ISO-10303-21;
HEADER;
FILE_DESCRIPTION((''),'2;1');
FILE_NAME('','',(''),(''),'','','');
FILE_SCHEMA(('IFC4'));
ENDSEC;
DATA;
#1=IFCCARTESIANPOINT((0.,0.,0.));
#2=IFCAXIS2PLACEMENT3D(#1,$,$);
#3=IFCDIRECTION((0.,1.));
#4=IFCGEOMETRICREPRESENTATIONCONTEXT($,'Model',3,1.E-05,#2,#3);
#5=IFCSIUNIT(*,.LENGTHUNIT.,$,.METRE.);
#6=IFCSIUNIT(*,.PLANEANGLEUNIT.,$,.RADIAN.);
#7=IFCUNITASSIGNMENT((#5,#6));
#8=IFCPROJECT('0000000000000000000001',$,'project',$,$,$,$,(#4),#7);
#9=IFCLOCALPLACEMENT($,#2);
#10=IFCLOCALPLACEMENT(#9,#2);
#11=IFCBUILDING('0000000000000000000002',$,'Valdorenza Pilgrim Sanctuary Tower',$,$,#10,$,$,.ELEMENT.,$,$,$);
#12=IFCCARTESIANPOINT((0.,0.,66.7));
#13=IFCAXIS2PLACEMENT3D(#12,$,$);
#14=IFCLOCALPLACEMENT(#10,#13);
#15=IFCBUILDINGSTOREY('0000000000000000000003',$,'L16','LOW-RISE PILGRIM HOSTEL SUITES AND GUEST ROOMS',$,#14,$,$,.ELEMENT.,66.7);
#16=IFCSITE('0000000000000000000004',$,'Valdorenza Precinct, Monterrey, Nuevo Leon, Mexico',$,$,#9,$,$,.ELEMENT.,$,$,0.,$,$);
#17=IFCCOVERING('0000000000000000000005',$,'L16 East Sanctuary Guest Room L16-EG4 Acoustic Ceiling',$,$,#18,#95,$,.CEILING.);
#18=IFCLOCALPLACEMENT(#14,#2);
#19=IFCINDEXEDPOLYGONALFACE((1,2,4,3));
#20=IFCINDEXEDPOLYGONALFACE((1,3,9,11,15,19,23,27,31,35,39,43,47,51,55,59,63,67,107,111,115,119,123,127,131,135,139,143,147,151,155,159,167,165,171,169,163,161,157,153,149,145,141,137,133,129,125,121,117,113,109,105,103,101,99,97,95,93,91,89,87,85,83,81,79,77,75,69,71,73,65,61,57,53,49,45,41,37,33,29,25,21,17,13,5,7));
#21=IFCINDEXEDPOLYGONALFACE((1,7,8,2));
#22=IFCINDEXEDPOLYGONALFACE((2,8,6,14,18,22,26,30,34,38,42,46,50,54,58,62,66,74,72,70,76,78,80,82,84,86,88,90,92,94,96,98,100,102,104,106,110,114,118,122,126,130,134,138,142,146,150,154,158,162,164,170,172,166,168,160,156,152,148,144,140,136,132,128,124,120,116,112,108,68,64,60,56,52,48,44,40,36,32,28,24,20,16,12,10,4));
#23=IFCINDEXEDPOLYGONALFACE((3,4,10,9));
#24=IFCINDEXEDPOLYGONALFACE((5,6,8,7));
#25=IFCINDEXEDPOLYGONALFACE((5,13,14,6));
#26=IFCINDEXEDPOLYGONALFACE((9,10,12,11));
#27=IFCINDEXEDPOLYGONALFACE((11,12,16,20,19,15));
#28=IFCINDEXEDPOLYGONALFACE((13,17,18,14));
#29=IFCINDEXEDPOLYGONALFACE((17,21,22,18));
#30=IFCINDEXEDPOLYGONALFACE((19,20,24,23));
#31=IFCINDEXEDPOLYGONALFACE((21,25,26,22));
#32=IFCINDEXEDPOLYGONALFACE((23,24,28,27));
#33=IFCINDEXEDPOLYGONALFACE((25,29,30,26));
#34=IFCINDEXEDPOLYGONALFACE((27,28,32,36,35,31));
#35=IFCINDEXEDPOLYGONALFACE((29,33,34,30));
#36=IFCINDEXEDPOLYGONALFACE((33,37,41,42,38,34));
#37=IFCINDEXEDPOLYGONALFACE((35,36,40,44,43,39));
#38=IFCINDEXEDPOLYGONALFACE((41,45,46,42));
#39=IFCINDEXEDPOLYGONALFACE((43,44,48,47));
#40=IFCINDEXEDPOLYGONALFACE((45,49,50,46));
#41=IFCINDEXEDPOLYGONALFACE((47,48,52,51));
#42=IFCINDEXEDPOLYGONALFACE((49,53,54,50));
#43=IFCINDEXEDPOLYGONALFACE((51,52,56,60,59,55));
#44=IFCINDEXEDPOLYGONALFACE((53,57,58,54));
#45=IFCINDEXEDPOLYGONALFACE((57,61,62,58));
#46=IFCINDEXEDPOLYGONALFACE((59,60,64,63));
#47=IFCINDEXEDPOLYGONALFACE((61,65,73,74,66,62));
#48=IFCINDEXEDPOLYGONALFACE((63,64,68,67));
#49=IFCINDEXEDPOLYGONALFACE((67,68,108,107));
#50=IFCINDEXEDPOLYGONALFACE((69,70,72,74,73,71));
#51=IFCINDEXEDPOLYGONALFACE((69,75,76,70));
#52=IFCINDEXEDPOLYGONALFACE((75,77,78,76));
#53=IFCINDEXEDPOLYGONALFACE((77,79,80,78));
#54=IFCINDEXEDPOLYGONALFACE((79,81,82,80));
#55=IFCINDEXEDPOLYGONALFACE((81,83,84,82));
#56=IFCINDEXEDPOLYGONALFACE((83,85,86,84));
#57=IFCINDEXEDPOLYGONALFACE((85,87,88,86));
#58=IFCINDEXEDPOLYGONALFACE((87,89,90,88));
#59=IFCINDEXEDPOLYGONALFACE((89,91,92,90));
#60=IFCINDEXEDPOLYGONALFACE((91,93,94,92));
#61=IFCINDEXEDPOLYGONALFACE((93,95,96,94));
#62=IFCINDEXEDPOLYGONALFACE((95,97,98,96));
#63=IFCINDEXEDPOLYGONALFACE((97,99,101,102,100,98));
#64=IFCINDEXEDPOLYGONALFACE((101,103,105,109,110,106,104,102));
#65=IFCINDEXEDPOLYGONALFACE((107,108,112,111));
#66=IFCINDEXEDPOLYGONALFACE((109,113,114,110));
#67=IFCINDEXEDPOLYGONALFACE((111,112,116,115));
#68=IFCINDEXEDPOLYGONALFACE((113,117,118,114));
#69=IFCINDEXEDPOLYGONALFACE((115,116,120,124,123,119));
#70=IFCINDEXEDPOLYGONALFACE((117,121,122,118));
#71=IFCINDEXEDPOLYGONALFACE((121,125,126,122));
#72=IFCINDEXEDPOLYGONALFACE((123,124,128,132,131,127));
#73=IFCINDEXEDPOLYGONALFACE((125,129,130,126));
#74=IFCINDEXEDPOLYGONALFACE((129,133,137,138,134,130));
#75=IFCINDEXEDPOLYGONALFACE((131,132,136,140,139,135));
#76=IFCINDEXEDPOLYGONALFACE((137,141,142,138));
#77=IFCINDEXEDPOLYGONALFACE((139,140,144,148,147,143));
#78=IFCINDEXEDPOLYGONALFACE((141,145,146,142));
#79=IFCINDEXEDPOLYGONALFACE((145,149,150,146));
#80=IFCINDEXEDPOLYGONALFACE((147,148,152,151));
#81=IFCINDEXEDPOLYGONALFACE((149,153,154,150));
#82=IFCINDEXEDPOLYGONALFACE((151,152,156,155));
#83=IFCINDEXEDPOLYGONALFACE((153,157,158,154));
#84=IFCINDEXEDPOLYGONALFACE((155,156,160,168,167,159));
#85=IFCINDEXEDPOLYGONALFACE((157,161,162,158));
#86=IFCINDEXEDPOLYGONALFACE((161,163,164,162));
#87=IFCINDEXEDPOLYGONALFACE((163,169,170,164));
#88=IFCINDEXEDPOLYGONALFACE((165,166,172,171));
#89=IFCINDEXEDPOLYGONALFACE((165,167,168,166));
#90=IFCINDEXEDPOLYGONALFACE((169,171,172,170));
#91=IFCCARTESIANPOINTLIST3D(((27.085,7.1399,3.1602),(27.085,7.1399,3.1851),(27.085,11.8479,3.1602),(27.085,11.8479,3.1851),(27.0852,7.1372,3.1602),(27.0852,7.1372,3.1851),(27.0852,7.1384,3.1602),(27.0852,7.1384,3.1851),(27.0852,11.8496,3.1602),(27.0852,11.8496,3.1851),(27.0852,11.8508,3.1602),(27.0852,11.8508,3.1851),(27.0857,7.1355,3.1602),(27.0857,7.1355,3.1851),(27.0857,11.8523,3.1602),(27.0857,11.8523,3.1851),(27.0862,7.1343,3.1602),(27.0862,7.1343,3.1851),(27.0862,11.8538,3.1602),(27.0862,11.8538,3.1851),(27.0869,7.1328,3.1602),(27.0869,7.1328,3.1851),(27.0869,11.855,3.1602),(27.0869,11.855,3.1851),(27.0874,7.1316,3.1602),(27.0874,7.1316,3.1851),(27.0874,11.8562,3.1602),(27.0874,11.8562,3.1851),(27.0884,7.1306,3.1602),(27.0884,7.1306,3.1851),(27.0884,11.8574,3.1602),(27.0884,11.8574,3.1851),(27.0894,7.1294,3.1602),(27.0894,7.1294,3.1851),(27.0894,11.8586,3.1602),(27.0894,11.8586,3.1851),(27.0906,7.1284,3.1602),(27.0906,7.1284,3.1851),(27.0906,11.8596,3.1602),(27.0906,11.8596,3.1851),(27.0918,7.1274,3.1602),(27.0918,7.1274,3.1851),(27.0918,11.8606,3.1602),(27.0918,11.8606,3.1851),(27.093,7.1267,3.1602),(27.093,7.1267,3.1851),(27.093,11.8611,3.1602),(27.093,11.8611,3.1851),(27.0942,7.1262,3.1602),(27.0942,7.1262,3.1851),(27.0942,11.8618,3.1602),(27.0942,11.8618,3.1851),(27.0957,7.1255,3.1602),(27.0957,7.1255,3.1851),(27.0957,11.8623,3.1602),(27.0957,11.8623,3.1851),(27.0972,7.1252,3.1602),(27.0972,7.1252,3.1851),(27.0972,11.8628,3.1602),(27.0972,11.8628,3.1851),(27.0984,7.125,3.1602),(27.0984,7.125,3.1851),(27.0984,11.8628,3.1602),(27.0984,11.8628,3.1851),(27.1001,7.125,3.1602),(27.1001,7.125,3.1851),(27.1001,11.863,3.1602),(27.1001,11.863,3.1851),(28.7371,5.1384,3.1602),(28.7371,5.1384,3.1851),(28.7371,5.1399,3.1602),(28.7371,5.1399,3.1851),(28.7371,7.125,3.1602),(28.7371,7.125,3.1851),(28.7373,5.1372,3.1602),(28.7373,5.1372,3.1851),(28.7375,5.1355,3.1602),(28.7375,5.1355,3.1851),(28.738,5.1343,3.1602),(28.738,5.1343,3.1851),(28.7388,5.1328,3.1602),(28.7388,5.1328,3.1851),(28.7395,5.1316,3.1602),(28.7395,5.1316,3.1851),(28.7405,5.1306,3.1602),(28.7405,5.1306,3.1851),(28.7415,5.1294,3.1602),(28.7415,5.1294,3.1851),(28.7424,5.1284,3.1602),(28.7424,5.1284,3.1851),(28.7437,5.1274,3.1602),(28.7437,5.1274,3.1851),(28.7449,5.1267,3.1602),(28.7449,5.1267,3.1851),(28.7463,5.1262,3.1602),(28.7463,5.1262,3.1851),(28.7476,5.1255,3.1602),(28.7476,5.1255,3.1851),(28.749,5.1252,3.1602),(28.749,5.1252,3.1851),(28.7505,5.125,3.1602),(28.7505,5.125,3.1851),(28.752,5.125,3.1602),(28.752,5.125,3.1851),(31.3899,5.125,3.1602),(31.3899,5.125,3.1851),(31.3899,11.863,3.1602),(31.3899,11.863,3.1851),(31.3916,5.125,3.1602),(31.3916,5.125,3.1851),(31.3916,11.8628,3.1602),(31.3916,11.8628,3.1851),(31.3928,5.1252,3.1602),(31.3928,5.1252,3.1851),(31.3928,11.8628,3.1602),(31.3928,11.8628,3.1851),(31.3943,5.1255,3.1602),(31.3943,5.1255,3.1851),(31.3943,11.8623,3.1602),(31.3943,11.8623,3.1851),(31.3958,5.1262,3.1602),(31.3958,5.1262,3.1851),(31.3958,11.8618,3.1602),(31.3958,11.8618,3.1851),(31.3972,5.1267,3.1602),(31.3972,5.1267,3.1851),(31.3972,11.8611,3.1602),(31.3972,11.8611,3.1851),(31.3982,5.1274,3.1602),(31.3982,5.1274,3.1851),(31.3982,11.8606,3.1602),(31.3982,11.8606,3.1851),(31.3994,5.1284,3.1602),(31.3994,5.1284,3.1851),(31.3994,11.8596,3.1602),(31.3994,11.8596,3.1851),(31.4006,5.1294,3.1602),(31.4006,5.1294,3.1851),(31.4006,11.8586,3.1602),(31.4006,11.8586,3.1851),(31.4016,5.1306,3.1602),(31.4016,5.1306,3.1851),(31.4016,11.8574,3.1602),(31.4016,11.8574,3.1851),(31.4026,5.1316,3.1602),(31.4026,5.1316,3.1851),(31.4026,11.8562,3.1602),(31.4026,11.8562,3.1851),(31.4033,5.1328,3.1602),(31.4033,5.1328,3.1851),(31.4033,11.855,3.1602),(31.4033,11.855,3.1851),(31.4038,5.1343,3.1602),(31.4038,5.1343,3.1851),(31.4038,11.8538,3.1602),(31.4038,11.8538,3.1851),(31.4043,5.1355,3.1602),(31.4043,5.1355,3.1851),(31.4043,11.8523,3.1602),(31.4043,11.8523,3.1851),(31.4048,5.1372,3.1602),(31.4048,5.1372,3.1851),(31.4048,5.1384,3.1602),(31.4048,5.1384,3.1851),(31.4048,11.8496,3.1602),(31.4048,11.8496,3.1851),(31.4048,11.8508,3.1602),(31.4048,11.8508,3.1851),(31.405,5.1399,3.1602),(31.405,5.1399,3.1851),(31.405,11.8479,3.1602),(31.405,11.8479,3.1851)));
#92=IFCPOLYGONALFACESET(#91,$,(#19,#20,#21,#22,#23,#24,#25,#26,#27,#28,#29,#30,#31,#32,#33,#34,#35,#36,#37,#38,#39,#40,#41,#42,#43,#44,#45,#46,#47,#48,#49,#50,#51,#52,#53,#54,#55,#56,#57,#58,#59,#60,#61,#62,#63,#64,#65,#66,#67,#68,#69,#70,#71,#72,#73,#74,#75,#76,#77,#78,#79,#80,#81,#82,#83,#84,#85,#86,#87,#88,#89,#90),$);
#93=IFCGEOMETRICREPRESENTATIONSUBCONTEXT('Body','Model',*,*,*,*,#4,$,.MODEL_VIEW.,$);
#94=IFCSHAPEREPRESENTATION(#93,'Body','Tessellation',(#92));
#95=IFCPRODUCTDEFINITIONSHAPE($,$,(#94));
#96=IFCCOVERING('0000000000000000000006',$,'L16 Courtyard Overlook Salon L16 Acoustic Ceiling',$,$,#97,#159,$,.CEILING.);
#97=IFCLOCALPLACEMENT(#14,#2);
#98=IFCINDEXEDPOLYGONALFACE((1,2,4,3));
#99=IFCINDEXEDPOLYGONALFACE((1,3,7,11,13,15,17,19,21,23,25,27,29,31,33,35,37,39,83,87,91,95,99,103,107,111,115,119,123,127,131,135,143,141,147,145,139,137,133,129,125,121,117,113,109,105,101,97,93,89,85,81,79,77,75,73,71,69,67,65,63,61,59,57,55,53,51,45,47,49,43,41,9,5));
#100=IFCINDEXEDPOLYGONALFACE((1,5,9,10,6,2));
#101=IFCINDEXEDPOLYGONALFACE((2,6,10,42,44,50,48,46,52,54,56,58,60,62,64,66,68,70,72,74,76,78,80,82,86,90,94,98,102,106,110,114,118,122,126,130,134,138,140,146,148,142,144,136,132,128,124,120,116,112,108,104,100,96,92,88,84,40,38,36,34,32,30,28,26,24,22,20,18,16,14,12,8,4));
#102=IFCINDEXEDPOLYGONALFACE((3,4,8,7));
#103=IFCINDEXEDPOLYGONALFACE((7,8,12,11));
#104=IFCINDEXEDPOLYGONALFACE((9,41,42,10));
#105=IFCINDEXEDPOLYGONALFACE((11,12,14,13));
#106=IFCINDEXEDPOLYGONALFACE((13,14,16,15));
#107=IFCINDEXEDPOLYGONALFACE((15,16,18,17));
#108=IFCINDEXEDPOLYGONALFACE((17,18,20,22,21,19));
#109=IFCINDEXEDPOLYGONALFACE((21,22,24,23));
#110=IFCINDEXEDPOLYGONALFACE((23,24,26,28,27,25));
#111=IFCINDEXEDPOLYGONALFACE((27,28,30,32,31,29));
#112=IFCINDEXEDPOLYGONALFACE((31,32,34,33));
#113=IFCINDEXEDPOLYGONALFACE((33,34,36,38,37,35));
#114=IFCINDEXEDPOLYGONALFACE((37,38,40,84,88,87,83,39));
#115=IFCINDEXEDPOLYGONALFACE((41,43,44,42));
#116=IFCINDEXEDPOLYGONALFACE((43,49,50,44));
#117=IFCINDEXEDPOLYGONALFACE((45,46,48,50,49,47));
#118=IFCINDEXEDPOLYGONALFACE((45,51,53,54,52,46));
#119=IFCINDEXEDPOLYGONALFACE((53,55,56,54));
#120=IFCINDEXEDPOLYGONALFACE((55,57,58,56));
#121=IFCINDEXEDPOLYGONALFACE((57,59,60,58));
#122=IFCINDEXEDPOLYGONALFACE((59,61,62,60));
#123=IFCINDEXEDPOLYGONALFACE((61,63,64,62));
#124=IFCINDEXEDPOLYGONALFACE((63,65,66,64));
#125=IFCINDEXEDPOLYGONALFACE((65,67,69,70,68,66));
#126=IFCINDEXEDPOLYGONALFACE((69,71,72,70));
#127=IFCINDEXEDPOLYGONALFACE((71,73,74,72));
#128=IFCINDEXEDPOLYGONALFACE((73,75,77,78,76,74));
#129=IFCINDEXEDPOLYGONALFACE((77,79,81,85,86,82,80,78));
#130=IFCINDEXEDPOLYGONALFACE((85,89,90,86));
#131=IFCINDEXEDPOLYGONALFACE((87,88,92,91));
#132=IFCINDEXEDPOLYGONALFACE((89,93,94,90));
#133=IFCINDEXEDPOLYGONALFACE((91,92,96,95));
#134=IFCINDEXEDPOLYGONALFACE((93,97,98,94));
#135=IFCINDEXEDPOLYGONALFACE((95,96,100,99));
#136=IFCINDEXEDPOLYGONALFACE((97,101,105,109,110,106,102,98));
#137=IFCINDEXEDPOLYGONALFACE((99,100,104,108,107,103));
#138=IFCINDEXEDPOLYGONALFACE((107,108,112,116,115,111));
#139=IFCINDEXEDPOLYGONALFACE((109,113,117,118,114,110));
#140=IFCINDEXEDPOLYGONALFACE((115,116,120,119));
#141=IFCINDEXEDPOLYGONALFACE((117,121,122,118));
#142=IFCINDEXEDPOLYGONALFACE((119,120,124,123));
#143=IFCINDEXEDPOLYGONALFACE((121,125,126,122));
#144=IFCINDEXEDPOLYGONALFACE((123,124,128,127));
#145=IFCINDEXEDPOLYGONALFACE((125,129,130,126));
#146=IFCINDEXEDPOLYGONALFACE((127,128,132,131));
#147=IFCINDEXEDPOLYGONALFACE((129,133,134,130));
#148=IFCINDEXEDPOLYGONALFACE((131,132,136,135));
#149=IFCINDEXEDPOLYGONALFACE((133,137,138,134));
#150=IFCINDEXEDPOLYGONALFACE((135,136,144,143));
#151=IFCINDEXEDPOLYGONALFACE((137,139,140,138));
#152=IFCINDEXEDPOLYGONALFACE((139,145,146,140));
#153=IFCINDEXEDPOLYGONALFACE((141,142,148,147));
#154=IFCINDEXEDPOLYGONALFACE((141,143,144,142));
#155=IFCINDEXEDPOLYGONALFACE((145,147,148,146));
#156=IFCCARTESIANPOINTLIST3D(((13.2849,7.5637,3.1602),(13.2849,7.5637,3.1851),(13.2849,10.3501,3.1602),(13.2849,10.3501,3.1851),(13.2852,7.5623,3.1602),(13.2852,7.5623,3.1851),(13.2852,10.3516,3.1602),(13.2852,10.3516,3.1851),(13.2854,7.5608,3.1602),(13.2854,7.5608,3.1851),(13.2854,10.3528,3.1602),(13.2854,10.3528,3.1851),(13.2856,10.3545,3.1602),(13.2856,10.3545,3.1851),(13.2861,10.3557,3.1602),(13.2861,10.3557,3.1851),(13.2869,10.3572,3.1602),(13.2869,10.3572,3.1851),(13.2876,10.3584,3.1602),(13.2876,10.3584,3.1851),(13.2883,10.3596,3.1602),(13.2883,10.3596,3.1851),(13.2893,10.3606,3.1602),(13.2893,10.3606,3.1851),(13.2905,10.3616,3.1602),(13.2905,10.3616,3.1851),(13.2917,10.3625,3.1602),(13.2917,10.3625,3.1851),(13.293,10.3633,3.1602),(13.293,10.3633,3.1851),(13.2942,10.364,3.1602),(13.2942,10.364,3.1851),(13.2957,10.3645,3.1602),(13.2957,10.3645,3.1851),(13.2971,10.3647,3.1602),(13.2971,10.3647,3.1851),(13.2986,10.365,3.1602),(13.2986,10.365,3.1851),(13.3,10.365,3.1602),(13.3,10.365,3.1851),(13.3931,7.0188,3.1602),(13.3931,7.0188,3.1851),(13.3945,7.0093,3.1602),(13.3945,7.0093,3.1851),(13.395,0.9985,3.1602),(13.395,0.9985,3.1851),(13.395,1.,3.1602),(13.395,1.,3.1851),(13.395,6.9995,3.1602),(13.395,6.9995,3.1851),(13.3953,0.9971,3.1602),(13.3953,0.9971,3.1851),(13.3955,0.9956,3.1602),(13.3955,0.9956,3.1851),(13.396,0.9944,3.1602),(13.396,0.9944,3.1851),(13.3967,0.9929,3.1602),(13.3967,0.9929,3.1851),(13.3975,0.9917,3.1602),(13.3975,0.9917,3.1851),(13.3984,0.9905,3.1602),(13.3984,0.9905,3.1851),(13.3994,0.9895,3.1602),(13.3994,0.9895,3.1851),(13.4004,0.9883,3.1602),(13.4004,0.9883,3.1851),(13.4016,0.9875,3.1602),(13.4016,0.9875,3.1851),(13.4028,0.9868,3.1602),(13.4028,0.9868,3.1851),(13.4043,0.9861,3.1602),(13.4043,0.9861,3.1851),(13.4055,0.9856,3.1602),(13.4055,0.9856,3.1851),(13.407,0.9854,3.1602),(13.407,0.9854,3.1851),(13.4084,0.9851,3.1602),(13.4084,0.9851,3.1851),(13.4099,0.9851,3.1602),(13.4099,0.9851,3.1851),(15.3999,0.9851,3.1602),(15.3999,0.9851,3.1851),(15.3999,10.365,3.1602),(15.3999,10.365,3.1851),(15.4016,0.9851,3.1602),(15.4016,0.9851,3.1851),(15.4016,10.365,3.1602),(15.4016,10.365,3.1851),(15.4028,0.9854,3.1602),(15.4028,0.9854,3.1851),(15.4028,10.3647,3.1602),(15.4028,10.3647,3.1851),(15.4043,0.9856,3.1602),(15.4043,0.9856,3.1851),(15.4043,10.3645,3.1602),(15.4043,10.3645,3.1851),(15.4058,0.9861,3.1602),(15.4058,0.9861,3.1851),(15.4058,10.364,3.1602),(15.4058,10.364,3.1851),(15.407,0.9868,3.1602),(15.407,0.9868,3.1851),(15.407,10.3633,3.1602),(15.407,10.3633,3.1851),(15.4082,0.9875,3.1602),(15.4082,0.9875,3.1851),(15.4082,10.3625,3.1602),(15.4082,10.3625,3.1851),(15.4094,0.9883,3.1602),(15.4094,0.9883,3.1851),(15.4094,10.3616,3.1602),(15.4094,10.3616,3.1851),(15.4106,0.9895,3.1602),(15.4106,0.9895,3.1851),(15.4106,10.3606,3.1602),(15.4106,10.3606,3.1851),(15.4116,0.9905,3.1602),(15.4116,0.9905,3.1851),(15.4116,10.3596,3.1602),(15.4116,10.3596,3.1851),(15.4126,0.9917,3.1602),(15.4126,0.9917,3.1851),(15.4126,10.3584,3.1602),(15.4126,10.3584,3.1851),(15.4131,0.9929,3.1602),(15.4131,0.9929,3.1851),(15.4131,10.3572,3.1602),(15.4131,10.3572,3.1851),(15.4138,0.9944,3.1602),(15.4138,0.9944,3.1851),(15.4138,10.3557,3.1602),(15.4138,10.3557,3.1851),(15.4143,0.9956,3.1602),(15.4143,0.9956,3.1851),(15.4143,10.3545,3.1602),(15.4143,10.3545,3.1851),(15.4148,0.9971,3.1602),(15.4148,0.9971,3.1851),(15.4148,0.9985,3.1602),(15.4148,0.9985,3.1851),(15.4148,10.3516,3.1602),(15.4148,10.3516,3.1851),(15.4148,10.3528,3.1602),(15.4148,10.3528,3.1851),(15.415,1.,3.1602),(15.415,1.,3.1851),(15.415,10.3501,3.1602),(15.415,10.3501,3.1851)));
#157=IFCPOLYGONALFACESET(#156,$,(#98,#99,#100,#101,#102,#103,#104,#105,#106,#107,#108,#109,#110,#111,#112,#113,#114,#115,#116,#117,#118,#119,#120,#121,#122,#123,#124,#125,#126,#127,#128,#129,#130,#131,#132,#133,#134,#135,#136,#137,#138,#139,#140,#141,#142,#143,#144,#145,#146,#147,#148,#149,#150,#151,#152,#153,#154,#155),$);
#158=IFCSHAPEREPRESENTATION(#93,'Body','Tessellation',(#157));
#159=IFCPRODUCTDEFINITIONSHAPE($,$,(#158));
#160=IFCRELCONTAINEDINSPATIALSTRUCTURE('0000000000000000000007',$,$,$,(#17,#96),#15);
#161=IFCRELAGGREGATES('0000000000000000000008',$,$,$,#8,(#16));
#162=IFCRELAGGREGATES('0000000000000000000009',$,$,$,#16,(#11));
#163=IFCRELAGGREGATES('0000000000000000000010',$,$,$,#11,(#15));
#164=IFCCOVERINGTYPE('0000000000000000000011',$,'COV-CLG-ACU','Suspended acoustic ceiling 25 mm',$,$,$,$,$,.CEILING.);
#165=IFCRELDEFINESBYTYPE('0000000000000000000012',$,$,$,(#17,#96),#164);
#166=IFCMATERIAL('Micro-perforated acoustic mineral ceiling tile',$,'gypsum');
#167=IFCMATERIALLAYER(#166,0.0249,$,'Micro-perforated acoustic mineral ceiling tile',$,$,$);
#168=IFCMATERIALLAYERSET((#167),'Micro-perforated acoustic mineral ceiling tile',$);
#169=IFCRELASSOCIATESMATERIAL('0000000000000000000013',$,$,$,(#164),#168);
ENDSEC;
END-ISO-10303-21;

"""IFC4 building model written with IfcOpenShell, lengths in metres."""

from ifc_helpers import new_model, si_unit, direction, frame, origin, place, context, subcontext, project, spatial, polyline, outline, extrude, material, layer, layer_set, type_object, element, save


model = new_model("IFC4")

# Units and contexts
model_context = context("Model", 3, precision=1e-05, world=origin(), true_north=direction((0.0, 1.0)))
body_context = subcontext(model_context, "Body", "Model", "MODEL_VIEW")
ifc_project = project(units=[si_unit("LENGTHUNIT", "METRE"), si_unit("PLANEANGLEUNIT", "RADIAN")], contexts=[model_context])

# Site, building, storey
site_placement = place(None, origin())
site = spatial("IfcSite", under=ifc_project, at=site_placement, Name="Valdorenza Precinct, Monterrey, Nuevo Leon, Mexico", CompositionType="ELEMENT", RefElevation=0.0)
building_placement = place(site_placement, origin())
building = spatial("IfcBuilding", under=site, at=building_placement, Name="Valdorenza Pilgrim Sanctuary Tower", CompositionType="ELEMENT")
storey_placement = place(building_placement, frame((0.0, 0.0, 66.7)))
storey = spatial("IfcBuildingStorey", under=building, at=storey_placement, Name="L16", Description="LOW-RISE PILGRIM HOSTEL SUITES AND GUEST ROOMS", CompositionType="ELEMENT", Elevation=66.7)

# Coverings
ifc_material_1 = material(Name="Micro-perforated acoustic mineral ceiling tile", Category="gypsum")
ifc_layer_1 = layer(ifc_material_1, 0.0249, Name="Micro-perforated acoustic mineral ceiling tile")
ifc_layer_set_1 = layer_set([ifc_layer_1], Name="Micro-perforated acoustic mineral ceiling tile")
covering_type_1 = type_object("IfcCoveringType", Name="COV-CLG-ACU", Description="Suspended acoustic ceiling 25 mm", PredefinedType="CEILING", material=ifc_layer_set_1)
covering_1_placement = place(storey_placement, frame((0.0, 0.0, 3.1602)))
element("IfcCovering", 1, at=covering_1_placement, inside=storey, type_object=covering_type_1, Name="L16 East Sanctuary Guest Room L16-EG4 Acoustic Ceiling", PredefinedType="CEILING", context=body_context, shape_type="SweptSolid", body=[
    extrude(outline(polyline([(28.7371, 7.125), (27.1001, 7.125), (27.0984, 7.125), (27.0972, 7.1252), (27.0957, 7.1255), (27.0942, 7.1262), (27.093, 7.1267), (27.0918, 7.1274), (27.0906, 7.1284), (27.0894, 7.1294), (27.0884, 7.1306), (27.0874, 7.1316), (27.0869, 7.1328), (27.0862, 7.1343), (27.0857, 7.1355), (27.0852, 7.1372), (27.0852, 7.1384), (27.085, 7.1399), (27.085, 11.8479), (27.0852, 11.8496), (27.0852, 11.8508), (27.0857, 11.8523), (27.0862, 11.8538), (27.0869, 11.855), (27.0874, 11.8562), (27.0884, 11.8574), (27.0894, 11.8586), (27.0906, 11.8596), (27.0918, 11.8606), (27.093, 11.8611), (27.0942, 11.8618), (27.0957, 11.8623), (27.0972, 11.8628), (27.0984, 11.8628), (27.1001, 11.863), (31.3899, 11.863), (31.3916, 11.8628), (31.3928, 11.8628), (31.3943, 11.8623), (31.3958, 11.8618), (31.3972, 11.8611), (31.3982, 11.8606), (31.3994, 11.8596), (31.4006, 11.8586), (31.4016, 11.8574), (31.4026, 11.8562), (31.4033, 11.855), (31.4038, 11.8538), (31.4043, 11.8523), (31.4048, 11.8508), (31.4048, 11.8496), (31.405, 11.8479), (31.405, 5.1399), (31.4048, 5.1384), (31.4048, 5.1372), (31.4043, 5.1355), (31.4038, 5.1343), (31.4033, 5.1328), (31.4026, 5.1316), (31.4016, 5.1306), (31.4006, 5.1294), (31.3994, 5.1284), (31.3982, 5.1274), (31.3972, 5.1267), (31.3958, 5.1262), (31.3943, 5.1255), (31.3928, 5.1252), (31.3916, 5.125), (31.3899, 5.125), (28.752, 5.125), (28.7505, 5.125), (28.749, 5.1252), (28.7476, 5.1255), (28.7463, 5.1262), (28.7449, 5.1267), (28.7437, 5.1274), (28.7424, 5.1284), (28.7415, 5.1294), (28.7405, 5.1306), (28.7395, 5.1316), (28.7388, 5.1328), (28.738, 5.1343), (28.7375, 5.1355), (28.7373, 5.1372), (28.7371, 5.1384), (28.7371, 5.1399), (28.7371, 7.125)])), origin(), (0.0, 0.0, 1.0), 0.0249),
])
covering_2_placement = place(storey_placement, frame((0.0, 0.0, 3.1602)))
element("IfcCovering", 2, at=covering_2_placement, inside=storey, type_object=covering_type_1, Name="L16 Courtyard Overlook Salon L16 Acoustic Ceiling", PredefinedType="CEILING", context=body_context, shape_type="SweptSolid", body=[
    extrude(outline(polyline([(15.3999, 10.365), (15.4016, 10.365), (15.4028, 10.3647), (15.4043, 10.3645), (15.4058, 10.364), (15.407, 10.3633), (15.4082, 10.3625), (15.4094, 10.3616), (15.4106, 10.3606), (15.4116, 10.3596), (15.4126, 10.3584), (15.4131, 10.3572), (15.4138, 10.3557), (15.4143, 10.3545), (15.4148, 10.3528), (15.4148, 10.3516), (15.415, 10.3501), (15.415, 1.0), (15.4148, 0.9985), (15.4148, 0.9971), (15.4143, 0.9956), (15.4138, 0.9944), (15.4131, 0.9929), (15.4126, 0.9917), (15.4116, 0.9905), (15.4106, 0.9895), (15.4094, 0.9883), (15.4082, 0.9875), (15.407, 0.9868), (15.4058, 0.9861), (15.4043, 0.9856), (15.4028, 0.9854), (15.4016, 0.9851), (15.3999, 0.9851), (13.4099, 0.9851), (13.4084, 0.9851), (13.407, 0.9854), (13.4055, 0.9856), (13.4043, 0.9861), (13.4028, 0.9868), (13.4016, 0.9875), (13.4004, 0.9883), (13.3994, 0.9895), (13.3984, 0.9905), (13.3975, 0.9917), (13.3967, 0.9929), (13.396, 0.9944), (13.3955, 0.9956), (13.3953, 0.9971), (13.395, 0.9985), (13.395, 1.0), (13.395, 6.9995), (13.3945, 7.0093), (13.3931, 7.0188), (13.2854, 7.5608), (13.2852, 7.5623), (13.2849, 7.5637), (13.2849, 10.3501), (13.2852, 10.3516), (13.2854, 10.3528), (13.2856, 10.3545), (13.2861, 10.3557), (13.2869, 10.3572), (13.2876, 10.3584), (13.2883, 10.3596), (13.2893, 10.3606), (13.2905, 10.3616), (13.2917, 10.3625), (13.293, 10.3633), (13.2942, 10.364), (13.2957, 10.3645), (13.2971, 10.3647), (13.2986, 10.365), (13.3, 10.365), (15.3999, 10.365)])), origin(), (0.0, 0.0, 1.0), 0.0249),
])

save(model, "model.ifc")
